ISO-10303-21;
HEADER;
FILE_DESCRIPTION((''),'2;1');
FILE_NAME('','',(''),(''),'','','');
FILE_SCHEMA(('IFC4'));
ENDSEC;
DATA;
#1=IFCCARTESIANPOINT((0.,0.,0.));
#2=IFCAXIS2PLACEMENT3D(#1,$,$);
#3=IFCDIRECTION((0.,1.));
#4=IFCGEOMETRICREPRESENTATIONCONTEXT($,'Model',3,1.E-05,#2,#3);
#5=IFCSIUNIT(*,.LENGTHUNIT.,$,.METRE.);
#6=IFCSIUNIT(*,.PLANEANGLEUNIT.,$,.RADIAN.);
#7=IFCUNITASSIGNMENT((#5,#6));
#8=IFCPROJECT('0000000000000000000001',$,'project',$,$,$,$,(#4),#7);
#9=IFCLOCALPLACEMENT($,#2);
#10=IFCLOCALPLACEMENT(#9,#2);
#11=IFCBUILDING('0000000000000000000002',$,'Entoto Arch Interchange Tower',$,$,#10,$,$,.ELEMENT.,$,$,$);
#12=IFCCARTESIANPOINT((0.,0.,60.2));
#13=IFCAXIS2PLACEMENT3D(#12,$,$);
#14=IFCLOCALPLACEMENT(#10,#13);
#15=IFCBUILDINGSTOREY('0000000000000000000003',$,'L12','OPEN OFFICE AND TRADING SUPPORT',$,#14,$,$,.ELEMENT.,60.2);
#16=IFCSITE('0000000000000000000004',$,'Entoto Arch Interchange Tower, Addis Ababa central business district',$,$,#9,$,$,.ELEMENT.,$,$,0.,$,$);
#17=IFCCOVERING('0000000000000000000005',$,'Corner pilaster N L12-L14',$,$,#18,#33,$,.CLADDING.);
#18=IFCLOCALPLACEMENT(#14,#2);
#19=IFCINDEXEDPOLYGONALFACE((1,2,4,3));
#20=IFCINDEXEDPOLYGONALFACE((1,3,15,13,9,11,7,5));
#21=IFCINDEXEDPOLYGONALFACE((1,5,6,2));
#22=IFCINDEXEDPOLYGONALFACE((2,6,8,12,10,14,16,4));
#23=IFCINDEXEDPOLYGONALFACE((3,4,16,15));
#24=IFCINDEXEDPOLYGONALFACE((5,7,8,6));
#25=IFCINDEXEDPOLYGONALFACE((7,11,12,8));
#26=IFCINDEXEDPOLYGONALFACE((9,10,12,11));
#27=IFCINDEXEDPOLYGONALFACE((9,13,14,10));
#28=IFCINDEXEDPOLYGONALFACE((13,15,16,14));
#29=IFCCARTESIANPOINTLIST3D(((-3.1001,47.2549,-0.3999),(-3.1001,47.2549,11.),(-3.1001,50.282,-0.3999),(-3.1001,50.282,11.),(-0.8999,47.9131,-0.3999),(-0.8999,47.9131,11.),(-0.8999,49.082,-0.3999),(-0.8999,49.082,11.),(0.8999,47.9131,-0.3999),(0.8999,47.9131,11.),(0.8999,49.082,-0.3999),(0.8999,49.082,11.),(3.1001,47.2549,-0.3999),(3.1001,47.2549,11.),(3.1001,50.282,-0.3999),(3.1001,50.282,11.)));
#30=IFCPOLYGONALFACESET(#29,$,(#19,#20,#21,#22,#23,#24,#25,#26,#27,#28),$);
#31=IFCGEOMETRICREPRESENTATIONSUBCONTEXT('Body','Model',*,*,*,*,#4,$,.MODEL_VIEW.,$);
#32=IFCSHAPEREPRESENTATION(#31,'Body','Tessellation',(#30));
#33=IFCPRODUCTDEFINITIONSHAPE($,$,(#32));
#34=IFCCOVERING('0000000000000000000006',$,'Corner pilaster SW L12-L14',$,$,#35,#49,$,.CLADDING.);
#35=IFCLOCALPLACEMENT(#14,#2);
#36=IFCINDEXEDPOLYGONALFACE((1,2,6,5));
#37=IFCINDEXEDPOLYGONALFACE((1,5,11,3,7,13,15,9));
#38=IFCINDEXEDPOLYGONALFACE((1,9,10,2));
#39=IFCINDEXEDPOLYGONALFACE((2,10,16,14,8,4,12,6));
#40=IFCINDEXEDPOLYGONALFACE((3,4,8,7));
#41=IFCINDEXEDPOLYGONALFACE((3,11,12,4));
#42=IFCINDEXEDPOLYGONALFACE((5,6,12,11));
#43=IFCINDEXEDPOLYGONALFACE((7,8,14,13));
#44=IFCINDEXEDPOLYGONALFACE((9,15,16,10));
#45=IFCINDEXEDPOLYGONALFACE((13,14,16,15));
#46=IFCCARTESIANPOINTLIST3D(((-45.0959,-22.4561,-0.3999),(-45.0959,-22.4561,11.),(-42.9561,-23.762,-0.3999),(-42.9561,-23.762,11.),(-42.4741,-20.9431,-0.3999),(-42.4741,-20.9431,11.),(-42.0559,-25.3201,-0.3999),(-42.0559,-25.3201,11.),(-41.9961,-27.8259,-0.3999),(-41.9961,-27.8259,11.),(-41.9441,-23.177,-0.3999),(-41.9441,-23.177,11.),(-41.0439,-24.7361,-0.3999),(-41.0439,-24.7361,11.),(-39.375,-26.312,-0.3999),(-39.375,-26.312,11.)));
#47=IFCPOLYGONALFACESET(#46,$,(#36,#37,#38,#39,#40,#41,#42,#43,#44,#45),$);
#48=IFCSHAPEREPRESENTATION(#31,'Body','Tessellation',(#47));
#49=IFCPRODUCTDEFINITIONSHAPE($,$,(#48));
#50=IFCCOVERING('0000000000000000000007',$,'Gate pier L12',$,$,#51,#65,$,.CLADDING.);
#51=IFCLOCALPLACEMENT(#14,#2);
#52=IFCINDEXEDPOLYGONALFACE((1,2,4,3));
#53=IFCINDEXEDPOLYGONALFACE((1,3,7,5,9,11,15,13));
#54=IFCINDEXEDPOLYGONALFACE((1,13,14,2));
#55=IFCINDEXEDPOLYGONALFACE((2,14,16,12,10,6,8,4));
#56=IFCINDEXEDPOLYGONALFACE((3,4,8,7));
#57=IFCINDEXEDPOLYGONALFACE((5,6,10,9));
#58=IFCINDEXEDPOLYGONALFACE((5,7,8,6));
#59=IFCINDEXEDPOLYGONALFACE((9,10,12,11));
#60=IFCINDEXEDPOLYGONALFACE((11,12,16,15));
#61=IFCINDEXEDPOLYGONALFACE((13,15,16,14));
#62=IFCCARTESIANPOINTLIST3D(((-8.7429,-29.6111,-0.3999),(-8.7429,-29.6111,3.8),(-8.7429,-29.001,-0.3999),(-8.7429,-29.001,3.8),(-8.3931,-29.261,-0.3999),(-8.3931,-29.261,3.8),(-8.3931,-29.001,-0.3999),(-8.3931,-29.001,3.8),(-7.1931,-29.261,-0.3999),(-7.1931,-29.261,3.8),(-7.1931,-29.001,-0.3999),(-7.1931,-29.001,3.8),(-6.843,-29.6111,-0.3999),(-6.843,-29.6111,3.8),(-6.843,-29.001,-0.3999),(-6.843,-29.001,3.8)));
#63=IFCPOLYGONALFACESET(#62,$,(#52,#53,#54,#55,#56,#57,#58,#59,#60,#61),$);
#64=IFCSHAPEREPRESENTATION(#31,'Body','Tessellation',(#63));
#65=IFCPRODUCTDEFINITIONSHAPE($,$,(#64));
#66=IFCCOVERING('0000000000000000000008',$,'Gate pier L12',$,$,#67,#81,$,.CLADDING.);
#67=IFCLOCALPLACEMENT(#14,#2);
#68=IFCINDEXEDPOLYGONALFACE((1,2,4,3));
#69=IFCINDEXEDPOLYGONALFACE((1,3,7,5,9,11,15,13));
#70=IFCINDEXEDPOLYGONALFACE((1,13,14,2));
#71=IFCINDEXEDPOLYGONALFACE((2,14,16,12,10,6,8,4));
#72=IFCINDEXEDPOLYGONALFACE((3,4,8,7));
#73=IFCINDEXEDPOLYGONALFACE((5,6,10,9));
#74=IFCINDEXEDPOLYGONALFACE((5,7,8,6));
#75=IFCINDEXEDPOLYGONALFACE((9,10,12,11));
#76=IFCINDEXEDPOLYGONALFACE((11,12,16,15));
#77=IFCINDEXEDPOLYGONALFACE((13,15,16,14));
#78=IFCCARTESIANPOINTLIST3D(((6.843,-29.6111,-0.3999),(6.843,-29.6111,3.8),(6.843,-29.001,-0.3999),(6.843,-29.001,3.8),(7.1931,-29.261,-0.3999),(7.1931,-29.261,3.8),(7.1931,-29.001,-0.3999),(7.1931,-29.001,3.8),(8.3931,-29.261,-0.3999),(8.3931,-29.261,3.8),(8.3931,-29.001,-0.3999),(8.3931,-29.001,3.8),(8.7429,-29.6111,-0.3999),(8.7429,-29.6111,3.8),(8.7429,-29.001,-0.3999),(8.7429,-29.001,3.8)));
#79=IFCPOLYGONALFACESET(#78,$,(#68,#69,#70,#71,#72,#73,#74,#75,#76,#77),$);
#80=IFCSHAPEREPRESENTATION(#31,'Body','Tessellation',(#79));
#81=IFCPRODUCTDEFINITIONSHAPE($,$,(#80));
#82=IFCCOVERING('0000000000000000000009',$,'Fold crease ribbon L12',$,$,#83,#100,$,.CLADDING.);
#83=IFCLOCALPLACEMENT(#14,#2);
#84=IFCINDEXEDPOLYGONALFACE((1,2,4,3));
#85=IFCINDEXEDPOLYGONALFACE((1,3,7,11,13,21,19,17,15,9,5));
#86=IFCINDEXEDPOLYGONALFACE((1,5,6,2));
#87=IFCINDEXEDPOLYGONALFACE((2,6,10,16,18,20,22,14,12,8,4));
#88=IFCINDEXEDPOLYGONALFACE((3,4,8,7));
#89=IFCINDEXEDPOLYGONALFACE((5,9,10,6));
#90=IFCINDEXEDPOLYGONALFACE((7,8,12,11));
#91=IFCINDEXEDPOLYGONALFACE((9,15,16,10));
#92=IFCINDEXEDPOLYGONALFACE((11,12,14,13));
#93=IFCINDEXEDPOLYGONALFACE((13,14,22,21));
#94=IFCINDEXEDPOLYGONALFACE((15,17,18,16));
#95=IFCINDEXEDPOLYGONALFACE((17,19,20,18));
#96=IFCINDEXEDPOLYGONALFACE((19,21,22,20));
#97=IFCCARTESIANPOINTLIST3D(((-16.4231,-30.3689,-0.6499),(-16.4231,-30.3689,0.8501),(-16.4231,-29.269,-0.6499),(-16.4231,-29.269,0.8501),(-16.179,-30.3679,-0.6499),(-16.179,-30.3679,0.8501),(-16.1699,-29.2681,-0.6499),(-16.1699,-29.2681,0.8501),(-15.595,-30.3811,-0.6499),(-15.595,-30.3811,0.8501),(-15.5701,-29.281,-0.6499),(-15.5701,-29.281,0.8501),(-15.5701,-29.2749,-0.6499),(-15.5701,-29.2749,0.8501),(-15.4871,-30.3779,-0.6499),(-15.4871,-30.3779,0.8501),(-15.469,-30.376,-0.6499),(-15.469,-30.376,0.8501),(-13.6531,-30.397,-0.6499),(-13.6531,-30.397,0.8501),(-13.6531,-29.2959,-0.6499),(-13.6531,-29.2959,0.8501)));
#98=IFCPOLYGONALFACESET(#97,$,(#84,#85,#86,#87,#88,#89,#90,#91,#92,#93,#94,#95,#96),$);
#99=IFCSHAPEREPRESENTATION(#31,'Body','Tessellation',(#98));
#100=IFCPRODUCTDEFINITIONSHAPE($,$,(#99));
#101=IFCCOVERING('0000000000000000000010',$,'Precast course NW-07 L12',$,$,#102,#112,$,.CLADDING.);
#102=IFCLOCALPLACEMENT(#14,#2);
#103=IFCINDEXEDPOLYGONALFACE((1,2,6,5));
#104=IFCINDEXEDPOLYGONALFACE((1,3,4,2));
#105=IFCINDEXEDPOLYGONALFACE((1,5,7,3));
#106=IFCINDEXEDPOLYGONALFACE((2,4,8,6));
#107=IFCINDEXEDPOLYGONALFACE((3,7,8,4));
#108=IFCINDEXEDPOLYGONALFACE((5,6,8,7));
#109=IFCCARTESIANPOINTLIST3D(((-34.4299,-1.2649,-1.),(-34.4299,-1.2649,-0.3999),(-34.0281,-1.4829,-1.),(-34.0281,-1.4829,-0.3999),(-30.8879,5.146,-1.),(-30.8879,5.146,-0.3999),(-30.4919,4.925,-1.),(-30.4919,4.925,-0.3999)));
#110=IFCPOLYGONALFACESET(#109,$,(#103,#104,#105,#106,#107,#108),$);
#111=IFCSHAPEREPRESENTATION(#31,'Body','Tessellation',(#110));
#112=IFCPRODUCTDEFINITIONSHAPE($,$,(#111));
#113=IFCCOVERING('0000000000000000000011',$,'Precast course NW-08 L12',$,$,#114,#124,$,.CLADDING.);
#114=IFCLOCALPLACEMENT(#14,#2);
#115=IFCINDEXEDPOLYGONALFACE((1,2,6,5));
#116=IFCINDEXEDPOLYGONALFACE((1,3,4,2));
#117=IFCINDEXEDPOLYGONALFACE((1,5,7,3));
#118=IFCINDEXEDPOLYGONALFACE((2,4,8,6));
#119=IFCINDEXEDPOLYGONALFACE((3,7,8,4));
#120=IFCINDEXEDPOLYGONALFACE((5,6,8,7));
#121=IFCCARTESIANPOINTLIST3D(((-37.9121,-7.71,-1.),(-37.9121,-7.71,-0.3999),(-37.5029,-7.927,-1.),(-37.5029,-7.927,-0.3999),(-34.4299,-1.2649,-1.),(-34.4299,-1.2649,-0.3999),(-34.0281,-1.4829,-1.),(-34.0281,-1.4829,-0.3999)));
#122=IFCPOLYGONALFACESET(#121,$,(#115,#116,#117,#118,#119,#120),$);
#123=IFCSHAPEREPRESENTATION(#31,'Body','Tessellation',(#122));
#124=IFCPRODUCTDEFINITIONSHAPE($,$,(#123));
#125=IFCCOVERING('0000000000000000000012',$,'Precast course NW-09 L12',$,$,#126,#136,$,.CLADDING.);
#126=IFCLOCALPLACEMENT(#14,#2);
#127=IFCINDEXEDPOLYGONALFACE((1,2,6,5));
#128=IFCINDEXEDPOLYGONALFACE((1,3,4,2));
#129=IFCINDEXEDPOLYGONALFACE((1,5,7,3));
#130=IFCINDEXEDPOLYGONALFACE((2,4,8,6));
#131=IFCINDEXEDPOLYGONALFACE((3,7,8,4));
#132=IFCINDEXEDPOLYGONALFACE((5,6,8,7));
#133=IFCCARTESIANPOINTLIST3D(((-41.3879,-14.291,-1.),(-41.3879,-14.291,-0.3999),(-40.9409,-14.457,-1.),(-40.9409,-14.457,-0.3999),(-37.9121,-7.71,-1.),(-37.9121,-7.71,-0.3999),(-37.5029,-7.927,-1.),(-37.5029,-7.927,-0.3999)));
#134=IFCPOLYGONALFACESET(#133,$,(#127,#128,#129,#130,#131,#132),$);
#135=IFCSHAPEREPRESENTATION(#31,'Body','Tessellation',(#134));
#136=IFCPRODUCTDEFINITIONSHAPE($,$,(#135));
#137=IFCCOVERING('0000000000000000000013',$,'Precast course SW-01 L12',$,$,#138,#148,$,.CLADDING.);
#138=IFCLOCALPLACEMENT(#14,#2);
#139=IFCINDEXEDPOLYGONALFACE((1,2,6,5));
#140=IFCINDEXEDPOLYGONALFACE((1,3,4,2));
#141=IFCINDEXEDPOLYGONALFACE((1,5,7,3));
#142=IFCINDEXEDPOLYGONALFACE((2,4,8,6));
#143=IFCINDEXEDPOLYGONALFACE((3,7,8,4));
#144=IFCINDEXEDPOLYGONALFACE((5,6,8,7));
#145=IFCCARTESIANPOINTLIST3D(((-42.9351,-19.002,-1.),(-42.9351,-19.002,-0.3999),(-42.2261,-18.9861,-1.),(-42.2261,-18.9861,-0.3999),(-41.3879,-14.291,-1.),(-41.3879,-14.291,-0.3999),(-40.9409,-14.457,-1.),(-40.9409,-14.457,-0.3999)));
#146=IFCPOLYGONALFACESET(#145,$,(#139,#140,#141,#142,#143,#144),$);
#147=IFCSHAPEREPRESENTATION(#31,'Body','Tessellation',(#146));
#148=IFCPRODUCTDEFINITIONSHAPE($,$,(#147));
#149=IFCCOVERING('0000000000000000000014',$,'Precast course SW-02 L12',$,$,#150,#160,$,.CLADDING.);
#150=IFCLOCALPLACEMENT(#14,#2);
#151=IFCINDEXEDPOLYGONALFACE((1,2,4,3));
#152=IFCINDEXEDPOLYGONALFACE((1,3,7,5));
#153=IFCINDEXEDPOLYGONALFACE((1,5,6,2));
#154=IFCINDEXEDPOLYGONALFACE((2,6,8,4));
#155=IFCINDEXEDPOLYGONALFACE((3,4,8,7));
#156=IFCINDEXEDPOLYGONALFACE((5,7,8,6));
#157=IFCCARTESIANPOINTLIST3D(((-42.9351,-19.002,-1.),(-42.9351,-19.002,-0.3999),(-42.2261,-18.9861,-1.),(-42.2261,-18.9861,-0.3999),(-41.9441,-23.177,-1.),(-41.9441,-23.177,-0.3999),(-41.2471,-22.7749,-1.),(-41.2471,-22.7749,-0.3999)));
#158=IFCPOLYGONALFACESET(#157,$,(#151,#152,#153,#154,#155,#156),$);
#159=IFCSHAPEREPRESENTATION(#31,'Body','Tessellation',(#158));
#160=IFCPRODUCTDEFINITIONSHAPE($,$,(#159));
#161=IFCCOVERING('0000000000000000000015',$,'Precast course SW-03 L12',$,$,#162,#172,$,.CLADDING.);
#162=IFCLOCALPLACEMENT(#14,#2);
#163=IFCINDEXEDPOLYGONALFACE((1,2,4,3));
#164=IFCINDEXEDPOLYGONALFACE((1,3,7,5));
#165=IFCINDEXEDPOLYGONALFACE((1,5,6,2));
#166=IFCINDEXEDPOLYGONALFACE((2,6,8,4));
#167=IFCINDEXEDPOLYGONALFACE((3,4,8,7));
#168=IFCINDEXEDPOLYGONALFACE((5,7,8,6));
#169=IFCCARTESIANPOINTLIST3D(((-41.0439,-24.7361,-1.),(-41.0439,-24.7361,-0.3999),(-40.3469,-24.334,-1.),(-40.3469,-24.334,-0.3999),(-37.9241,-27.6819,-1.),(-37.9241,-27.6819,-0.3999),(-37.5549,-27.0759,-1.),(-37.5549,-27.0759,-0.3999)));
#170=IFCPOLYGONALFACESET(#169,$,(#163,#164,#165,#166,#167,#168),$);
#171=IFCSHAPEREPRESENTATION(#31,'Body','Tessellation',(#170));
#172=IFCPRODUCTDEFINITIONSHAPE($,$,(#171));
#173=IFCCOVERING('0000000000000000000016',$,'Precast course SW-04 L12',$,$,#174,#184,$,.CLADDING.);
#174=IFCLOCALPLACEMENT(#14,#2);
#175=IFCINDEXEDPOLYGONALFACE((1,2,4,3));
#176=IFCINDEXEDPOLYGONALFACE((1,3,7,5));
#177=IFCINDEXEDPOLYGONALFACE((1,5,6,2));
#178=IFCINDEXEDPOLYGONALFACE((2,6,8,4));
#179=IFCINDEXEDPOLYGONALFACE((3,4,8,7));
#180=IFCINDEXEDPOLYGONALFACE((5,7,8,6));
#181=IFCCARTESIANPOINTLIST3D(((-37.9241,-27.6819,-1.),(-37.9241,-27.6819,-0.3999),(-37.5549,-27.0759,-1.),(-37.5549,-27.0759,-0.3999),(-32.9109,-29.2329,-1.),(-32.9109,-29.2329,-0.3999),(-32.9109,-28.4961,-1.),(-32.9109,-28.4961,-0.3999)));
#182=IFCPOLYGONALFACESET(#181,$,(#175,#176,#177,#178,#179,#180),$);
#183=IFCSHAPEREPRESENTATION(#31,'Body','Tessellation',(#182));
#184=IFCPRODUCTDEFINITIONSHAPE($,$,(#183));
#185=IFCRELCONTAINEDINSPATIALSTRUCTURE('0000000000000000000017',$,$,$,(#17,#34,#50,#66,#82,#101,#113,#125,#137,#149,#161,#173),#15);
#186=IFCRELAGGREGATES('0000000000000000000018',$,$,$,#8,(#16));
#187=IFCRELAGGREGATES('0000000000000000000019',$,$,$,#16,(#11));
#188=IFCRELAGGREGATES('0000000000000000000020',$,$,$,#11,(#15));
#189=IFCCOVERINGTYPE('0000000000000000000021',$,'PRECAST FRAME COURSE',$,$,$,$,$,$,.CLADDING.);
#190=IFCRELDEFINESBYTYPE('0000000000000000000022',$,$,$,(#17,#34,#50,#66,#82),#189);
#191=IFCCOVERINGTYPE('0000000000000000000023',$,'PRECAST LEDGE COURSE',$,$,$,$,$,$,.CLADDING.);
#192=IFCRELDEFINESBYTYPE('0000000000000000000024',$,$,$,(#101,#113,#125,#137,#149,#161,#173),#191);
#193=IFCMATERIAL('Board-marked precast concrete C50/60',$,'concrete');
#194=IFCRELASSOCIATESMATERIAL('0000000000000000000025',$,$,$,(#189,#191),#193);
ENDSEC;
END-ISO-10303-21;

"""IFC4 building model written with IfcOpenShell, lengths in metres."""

from ifc_helpers import new_model, si_unit, direction, frame, origin, place, context, subcontext, project, spatial, polyline, outline, extrude, material, type_object, element, save


model = new_model("IFC4")

# Units and contexts
model_context = context("Model", 3, precision=1e-05, world=origin(), true_north=direction((0.0, 1.0)))
body_context = subcontext(model_context, "Body", "Model", "MODEL_VIEW")
ifc_project = project(units=[si_unit("LENGTHUNIT", "METRE"), si_unit("PLANEANGLEUNIT", "RADIAN")], contexts=[model_context])

# Site, building, storey
site_placement = place(None, origin())
site = spatial("IfcSite", under=ifc_project, at=site_placement, Name="Entoto Arch Interchange Tower, Addis Ababa central business district", CompositionType="ELEMENT", RefElevation=0.0)
building_placement = place(site_placement, origin())
building = spatial("IfcBuilding", under=site, at=building_placement, Name="Entoto Arch Interchange Tower", CompositionType="ELEMENT")
storey_placement = place(building_placement, frame((0.0, 0.0, 60.2)))
storey = spatial("IfcBuildingStorey", under=building, at=storey_placement, Name="L12", Description="OPEN OFFICE AND TRADING SUPPORT", CompositionType="ELEMENT", Elevation=60.2)

# Shared definitions
ifc_material_1 = material(Name="Board-marked precast concrete C50/60", Category="concrete")

# Coverings
covering_type_1 = type_object("IfcCoveringType", Name="PRECAST FRAME COURSE", PredefinedType="CLADDING", material=ifc_material_1)
covering_1_placement = place(storey_placement, frame((0.0, 0.0, -0.3999)))
element("IfcCovering", 1, at=covering_1_placement, inside=storey, type_object=covering_type_1, Name="Corner pilaster N L12-L14", PredefinedType="CLADDING", context=body_context, shape_type="SweptSolid", body=[
    extrude(outline(polyline([(-3.1001, 50.282), (3.1001, 50.282), (3.1001, 47.2549), (0.8999, 47.9131), (0.8999, 49.082), (-0.8999, 49.082), (-0.8999, 47.9131), (-3.1001, 47.2549), (-3.1001, 50.282)])), origin(), (0.0, 0.0, 1.0), 11.3999),
])
covering_2_placement = place(storey_placement, frame((0.0, 0.0, -0.3999)))
element("IfcCovering", 2, at=covering_2_placement, inside=storey, type_object=covering_type_1, Name="Corner pilaster SW L12-L14", PredefinedType="CLADDING", context=body_context, shape_type="SweptSolid", body=[
    extrude(outline(polyline([(-41.9961, -27.8259), (-45.0959, -22.4561), (-42.4741, -20.9431), (-41.9441, -23.177), (-42.9561, -23.762), (-42.0559, -25.3201), (-41.0439, -24.7361), (-39.375, -26.312), (-41.9961, -27.8259)])), origin(), (0.0, 0.0, 1.0), 11.3999),
])
covering_3_placement = place(storey_placement, frame((0.0, 0.0, -0.3999)))
element("IfcCovering", 3, at=covering_3_placement, inside=storey, type_object=covering_type_1, Name="Gate pier L12", PredefinedType="CLADDING", context=body_context, shape_type="SweptSolid", body=[
    extrude(outline(polyline([(-8.7429, -29.001), (-8.3931, -29.001), (-8.3931, -29.261), (-7.1931, -29.261), (-7.1931, -29.001), (-6.843, -29.001), (-6.843, -29.6111), (-8.7429, -29.6111), (-8.7429, -29.001)])), origin(), (0.0, 0.0, 1.0), 4.2),
])
covering_4_placement = place(storey_placement, frame((0.0, 0.0, -0.3999)))
element("IfcCovering", 4, at=covering_4_placement, inside=storey, type_object=covering_type_1, Name="Gate pier L12", PredefinedType="CLADDING", context=body_context, shape_type="SweptSolid", body=[
    extrude(outline(polyline([(6.843, -29.001), (7.1931, -29.001), (7.1931, -29.261), (8.3931, -29.261), (8.3931, -29.001), (8.7429, -29.001), (8.7429, -29.6111), (6.843, -29.6111), (6.843, -29.001)])), origin(), (0.0, 0.0, 1.0), 4.2),
])
covering_5_placement = place(storey_placement, frame((0.0, 0.0, -0.6499)))
element("IfcCovering", 5, at=covering_5_placement, inside=storey, type_object=covering_type_1, Name="Fold crease ribbon L12", PredefinedType="CLADDING", context=body_context, shape_type="SweptSolid", body=[
    extrude(outline(polyline([(-15.469, -30.376), (-15.4871, -30.3779), (-15.595, -30.3811), (-16.179, -30.3679), (-16.4231, -30.3689), (-16.4231, -29.269), (-16.1699, -29.2681), (-15.5701, -29.281), (-15.5701, -29.2749), (-13.6531, -29.2959), (-13.6531, -30.397), (-15.469, -30.376)])), origin(), (0.0, 0.0, 1.0), 1.5),
])
covering_type_2 = type_object("IfcCoveringType", Name="PRECAST LEDGE COURSE", PredefinedType="CLADDING", material=ifc_material_1)
covering_6_placement = place(storey_placement, frame((0.0, 0.0, -1.0)))
element("IfcCovering", 6, at=covering_6_placement, inside=storey, type_object=covering_type_2, Name="Precast course NW-07 L12", PredefinedType="CLADDING", context=body_context, shape_type="SweptSolid", body=[
    extrude(outline(polyline([(-34.0281, -1.4829), (-34.4299, -1.2649), (-30.8879, 5.146), (-30.4919, 4.925), (-34.0281, -1.4829)])), origin(), (0.0, 0.0, 1.0), 0.6001),
])
covering_7_placement = place(storey_placement, frame((0.0, 0.0, -1.0)))
element("IfcCovering", 7, at=covering_7_placement, inside=storey, type_object=covering_type_2, Name="Precast course NW-08 L12", PredefinedType="CLADDING", context=body_context, shape_type="SweptSolid", body=[
    extrude(outline(polyline([(-37.5029, -7.927), (-37.9121, -7.71), (-34.4299, -1.2649), (-34.0281, -1.4829), (-37.5029, -7.927)])), origin(), (0.0, 0.0, 1.0), 0.6001),
])
covering_8_placement = place(storey_placement, frame((0.0, 0.0, -1.0)))
element("IfcCovering", 8, at=covering_8_placement, inside=storey, type_object=covering_type_2, Name="Precast course NW-09 L12", PredefinedType="CLADDING", context=body_context, shape_type="SweptSolid", body=[
    extrude(outline(polyline([(-40.9409, -14.457), (-41.3879, -14.291), (-37.9121, -7.71), (-37.5029, -7.927), (-40.9409, -14.457)])), origin(), (0.0, 0.0, 1.0), 0.6001),
])
covering_9_placement = place(storey_placement, frame((0.0, 0.0, -1.0)))
element("IfcCovering", 9, at=covering_9_placement, inside=storey, type_object=covering_type_2, Name="Precast course SW-01 L12", PredefinedType="CLADDING", context=body_context, shape_type="SweptSolid", body=[
    extrude(outline(polyline([(-42.2261, -18.9861), (-42.9351, -19.002), (-41.3879, -14.291), (-40.9409, -14.457), (-42.2261, -18.9861)])), origin(), (0.0, 0.0, 1.0), 0.6001),
])
covering_10_placement = place(storey_placement, frame((0.0, 0.0, -1.0)))
element("IfcCovering", 10, at=covering_10_placement, inside=storey, type_object=covering_type_2, Name="Precast course SW-02 L12", PredefinedType="CLADDING", context=body_context, shape_type="SweptSolid", body=[
    extrude(outline(polyline([(-41.2471, -22.7749), (-41.9441, -23.177), (-42.9351, -19.002), (-42.2261, -18.9861), (-41.2471, -22.7749)])), origin(), (0.0, 0.0, 1.0), 0.6001),
])
covering_11_placement = place(storey_placement, frame((0.0, 0.0, -1.0)))
element("IfcCovering", 11, at=covering_11_placement, inside=storey, type_object=covering_type_2, Name="Precast course SW-03 L12", PredefinedType="CLADDING", context=body_context, shape_type="SweptSolid", body=[
    extrude(outline(polyline([(-37.5549, -27.0759), (-37.9241, -27.6819), (-41.0439, -24.7361), (-40.3469, -24.334), (-37.5549, -27.0759)])), origin(), (0.0, 0.0, 1.0), 0.6001),
])
covering_12_placement = place(storey_placement, frame((0.0, 0.0, -1.0)))
element("IfcCovering", 12, at=covering_12_placement, inside=storey, type_object=covering_type_2, Name="Precast course SW-04 L12", PredefinedType="CLADDING", context=body_context, shape_type="SweptSolid", body=[
    extrude(outline(polyline([(-32.9109, -28.4961), (-32.9109, -29.2329), (-37.9241, -27.6819), (-37.5549, -27.0759), (-32.9109, -28.4961)])), origin(), (0.0, 0.0, 1.0), 0.6001),
])

save(model, "model.ifc")
